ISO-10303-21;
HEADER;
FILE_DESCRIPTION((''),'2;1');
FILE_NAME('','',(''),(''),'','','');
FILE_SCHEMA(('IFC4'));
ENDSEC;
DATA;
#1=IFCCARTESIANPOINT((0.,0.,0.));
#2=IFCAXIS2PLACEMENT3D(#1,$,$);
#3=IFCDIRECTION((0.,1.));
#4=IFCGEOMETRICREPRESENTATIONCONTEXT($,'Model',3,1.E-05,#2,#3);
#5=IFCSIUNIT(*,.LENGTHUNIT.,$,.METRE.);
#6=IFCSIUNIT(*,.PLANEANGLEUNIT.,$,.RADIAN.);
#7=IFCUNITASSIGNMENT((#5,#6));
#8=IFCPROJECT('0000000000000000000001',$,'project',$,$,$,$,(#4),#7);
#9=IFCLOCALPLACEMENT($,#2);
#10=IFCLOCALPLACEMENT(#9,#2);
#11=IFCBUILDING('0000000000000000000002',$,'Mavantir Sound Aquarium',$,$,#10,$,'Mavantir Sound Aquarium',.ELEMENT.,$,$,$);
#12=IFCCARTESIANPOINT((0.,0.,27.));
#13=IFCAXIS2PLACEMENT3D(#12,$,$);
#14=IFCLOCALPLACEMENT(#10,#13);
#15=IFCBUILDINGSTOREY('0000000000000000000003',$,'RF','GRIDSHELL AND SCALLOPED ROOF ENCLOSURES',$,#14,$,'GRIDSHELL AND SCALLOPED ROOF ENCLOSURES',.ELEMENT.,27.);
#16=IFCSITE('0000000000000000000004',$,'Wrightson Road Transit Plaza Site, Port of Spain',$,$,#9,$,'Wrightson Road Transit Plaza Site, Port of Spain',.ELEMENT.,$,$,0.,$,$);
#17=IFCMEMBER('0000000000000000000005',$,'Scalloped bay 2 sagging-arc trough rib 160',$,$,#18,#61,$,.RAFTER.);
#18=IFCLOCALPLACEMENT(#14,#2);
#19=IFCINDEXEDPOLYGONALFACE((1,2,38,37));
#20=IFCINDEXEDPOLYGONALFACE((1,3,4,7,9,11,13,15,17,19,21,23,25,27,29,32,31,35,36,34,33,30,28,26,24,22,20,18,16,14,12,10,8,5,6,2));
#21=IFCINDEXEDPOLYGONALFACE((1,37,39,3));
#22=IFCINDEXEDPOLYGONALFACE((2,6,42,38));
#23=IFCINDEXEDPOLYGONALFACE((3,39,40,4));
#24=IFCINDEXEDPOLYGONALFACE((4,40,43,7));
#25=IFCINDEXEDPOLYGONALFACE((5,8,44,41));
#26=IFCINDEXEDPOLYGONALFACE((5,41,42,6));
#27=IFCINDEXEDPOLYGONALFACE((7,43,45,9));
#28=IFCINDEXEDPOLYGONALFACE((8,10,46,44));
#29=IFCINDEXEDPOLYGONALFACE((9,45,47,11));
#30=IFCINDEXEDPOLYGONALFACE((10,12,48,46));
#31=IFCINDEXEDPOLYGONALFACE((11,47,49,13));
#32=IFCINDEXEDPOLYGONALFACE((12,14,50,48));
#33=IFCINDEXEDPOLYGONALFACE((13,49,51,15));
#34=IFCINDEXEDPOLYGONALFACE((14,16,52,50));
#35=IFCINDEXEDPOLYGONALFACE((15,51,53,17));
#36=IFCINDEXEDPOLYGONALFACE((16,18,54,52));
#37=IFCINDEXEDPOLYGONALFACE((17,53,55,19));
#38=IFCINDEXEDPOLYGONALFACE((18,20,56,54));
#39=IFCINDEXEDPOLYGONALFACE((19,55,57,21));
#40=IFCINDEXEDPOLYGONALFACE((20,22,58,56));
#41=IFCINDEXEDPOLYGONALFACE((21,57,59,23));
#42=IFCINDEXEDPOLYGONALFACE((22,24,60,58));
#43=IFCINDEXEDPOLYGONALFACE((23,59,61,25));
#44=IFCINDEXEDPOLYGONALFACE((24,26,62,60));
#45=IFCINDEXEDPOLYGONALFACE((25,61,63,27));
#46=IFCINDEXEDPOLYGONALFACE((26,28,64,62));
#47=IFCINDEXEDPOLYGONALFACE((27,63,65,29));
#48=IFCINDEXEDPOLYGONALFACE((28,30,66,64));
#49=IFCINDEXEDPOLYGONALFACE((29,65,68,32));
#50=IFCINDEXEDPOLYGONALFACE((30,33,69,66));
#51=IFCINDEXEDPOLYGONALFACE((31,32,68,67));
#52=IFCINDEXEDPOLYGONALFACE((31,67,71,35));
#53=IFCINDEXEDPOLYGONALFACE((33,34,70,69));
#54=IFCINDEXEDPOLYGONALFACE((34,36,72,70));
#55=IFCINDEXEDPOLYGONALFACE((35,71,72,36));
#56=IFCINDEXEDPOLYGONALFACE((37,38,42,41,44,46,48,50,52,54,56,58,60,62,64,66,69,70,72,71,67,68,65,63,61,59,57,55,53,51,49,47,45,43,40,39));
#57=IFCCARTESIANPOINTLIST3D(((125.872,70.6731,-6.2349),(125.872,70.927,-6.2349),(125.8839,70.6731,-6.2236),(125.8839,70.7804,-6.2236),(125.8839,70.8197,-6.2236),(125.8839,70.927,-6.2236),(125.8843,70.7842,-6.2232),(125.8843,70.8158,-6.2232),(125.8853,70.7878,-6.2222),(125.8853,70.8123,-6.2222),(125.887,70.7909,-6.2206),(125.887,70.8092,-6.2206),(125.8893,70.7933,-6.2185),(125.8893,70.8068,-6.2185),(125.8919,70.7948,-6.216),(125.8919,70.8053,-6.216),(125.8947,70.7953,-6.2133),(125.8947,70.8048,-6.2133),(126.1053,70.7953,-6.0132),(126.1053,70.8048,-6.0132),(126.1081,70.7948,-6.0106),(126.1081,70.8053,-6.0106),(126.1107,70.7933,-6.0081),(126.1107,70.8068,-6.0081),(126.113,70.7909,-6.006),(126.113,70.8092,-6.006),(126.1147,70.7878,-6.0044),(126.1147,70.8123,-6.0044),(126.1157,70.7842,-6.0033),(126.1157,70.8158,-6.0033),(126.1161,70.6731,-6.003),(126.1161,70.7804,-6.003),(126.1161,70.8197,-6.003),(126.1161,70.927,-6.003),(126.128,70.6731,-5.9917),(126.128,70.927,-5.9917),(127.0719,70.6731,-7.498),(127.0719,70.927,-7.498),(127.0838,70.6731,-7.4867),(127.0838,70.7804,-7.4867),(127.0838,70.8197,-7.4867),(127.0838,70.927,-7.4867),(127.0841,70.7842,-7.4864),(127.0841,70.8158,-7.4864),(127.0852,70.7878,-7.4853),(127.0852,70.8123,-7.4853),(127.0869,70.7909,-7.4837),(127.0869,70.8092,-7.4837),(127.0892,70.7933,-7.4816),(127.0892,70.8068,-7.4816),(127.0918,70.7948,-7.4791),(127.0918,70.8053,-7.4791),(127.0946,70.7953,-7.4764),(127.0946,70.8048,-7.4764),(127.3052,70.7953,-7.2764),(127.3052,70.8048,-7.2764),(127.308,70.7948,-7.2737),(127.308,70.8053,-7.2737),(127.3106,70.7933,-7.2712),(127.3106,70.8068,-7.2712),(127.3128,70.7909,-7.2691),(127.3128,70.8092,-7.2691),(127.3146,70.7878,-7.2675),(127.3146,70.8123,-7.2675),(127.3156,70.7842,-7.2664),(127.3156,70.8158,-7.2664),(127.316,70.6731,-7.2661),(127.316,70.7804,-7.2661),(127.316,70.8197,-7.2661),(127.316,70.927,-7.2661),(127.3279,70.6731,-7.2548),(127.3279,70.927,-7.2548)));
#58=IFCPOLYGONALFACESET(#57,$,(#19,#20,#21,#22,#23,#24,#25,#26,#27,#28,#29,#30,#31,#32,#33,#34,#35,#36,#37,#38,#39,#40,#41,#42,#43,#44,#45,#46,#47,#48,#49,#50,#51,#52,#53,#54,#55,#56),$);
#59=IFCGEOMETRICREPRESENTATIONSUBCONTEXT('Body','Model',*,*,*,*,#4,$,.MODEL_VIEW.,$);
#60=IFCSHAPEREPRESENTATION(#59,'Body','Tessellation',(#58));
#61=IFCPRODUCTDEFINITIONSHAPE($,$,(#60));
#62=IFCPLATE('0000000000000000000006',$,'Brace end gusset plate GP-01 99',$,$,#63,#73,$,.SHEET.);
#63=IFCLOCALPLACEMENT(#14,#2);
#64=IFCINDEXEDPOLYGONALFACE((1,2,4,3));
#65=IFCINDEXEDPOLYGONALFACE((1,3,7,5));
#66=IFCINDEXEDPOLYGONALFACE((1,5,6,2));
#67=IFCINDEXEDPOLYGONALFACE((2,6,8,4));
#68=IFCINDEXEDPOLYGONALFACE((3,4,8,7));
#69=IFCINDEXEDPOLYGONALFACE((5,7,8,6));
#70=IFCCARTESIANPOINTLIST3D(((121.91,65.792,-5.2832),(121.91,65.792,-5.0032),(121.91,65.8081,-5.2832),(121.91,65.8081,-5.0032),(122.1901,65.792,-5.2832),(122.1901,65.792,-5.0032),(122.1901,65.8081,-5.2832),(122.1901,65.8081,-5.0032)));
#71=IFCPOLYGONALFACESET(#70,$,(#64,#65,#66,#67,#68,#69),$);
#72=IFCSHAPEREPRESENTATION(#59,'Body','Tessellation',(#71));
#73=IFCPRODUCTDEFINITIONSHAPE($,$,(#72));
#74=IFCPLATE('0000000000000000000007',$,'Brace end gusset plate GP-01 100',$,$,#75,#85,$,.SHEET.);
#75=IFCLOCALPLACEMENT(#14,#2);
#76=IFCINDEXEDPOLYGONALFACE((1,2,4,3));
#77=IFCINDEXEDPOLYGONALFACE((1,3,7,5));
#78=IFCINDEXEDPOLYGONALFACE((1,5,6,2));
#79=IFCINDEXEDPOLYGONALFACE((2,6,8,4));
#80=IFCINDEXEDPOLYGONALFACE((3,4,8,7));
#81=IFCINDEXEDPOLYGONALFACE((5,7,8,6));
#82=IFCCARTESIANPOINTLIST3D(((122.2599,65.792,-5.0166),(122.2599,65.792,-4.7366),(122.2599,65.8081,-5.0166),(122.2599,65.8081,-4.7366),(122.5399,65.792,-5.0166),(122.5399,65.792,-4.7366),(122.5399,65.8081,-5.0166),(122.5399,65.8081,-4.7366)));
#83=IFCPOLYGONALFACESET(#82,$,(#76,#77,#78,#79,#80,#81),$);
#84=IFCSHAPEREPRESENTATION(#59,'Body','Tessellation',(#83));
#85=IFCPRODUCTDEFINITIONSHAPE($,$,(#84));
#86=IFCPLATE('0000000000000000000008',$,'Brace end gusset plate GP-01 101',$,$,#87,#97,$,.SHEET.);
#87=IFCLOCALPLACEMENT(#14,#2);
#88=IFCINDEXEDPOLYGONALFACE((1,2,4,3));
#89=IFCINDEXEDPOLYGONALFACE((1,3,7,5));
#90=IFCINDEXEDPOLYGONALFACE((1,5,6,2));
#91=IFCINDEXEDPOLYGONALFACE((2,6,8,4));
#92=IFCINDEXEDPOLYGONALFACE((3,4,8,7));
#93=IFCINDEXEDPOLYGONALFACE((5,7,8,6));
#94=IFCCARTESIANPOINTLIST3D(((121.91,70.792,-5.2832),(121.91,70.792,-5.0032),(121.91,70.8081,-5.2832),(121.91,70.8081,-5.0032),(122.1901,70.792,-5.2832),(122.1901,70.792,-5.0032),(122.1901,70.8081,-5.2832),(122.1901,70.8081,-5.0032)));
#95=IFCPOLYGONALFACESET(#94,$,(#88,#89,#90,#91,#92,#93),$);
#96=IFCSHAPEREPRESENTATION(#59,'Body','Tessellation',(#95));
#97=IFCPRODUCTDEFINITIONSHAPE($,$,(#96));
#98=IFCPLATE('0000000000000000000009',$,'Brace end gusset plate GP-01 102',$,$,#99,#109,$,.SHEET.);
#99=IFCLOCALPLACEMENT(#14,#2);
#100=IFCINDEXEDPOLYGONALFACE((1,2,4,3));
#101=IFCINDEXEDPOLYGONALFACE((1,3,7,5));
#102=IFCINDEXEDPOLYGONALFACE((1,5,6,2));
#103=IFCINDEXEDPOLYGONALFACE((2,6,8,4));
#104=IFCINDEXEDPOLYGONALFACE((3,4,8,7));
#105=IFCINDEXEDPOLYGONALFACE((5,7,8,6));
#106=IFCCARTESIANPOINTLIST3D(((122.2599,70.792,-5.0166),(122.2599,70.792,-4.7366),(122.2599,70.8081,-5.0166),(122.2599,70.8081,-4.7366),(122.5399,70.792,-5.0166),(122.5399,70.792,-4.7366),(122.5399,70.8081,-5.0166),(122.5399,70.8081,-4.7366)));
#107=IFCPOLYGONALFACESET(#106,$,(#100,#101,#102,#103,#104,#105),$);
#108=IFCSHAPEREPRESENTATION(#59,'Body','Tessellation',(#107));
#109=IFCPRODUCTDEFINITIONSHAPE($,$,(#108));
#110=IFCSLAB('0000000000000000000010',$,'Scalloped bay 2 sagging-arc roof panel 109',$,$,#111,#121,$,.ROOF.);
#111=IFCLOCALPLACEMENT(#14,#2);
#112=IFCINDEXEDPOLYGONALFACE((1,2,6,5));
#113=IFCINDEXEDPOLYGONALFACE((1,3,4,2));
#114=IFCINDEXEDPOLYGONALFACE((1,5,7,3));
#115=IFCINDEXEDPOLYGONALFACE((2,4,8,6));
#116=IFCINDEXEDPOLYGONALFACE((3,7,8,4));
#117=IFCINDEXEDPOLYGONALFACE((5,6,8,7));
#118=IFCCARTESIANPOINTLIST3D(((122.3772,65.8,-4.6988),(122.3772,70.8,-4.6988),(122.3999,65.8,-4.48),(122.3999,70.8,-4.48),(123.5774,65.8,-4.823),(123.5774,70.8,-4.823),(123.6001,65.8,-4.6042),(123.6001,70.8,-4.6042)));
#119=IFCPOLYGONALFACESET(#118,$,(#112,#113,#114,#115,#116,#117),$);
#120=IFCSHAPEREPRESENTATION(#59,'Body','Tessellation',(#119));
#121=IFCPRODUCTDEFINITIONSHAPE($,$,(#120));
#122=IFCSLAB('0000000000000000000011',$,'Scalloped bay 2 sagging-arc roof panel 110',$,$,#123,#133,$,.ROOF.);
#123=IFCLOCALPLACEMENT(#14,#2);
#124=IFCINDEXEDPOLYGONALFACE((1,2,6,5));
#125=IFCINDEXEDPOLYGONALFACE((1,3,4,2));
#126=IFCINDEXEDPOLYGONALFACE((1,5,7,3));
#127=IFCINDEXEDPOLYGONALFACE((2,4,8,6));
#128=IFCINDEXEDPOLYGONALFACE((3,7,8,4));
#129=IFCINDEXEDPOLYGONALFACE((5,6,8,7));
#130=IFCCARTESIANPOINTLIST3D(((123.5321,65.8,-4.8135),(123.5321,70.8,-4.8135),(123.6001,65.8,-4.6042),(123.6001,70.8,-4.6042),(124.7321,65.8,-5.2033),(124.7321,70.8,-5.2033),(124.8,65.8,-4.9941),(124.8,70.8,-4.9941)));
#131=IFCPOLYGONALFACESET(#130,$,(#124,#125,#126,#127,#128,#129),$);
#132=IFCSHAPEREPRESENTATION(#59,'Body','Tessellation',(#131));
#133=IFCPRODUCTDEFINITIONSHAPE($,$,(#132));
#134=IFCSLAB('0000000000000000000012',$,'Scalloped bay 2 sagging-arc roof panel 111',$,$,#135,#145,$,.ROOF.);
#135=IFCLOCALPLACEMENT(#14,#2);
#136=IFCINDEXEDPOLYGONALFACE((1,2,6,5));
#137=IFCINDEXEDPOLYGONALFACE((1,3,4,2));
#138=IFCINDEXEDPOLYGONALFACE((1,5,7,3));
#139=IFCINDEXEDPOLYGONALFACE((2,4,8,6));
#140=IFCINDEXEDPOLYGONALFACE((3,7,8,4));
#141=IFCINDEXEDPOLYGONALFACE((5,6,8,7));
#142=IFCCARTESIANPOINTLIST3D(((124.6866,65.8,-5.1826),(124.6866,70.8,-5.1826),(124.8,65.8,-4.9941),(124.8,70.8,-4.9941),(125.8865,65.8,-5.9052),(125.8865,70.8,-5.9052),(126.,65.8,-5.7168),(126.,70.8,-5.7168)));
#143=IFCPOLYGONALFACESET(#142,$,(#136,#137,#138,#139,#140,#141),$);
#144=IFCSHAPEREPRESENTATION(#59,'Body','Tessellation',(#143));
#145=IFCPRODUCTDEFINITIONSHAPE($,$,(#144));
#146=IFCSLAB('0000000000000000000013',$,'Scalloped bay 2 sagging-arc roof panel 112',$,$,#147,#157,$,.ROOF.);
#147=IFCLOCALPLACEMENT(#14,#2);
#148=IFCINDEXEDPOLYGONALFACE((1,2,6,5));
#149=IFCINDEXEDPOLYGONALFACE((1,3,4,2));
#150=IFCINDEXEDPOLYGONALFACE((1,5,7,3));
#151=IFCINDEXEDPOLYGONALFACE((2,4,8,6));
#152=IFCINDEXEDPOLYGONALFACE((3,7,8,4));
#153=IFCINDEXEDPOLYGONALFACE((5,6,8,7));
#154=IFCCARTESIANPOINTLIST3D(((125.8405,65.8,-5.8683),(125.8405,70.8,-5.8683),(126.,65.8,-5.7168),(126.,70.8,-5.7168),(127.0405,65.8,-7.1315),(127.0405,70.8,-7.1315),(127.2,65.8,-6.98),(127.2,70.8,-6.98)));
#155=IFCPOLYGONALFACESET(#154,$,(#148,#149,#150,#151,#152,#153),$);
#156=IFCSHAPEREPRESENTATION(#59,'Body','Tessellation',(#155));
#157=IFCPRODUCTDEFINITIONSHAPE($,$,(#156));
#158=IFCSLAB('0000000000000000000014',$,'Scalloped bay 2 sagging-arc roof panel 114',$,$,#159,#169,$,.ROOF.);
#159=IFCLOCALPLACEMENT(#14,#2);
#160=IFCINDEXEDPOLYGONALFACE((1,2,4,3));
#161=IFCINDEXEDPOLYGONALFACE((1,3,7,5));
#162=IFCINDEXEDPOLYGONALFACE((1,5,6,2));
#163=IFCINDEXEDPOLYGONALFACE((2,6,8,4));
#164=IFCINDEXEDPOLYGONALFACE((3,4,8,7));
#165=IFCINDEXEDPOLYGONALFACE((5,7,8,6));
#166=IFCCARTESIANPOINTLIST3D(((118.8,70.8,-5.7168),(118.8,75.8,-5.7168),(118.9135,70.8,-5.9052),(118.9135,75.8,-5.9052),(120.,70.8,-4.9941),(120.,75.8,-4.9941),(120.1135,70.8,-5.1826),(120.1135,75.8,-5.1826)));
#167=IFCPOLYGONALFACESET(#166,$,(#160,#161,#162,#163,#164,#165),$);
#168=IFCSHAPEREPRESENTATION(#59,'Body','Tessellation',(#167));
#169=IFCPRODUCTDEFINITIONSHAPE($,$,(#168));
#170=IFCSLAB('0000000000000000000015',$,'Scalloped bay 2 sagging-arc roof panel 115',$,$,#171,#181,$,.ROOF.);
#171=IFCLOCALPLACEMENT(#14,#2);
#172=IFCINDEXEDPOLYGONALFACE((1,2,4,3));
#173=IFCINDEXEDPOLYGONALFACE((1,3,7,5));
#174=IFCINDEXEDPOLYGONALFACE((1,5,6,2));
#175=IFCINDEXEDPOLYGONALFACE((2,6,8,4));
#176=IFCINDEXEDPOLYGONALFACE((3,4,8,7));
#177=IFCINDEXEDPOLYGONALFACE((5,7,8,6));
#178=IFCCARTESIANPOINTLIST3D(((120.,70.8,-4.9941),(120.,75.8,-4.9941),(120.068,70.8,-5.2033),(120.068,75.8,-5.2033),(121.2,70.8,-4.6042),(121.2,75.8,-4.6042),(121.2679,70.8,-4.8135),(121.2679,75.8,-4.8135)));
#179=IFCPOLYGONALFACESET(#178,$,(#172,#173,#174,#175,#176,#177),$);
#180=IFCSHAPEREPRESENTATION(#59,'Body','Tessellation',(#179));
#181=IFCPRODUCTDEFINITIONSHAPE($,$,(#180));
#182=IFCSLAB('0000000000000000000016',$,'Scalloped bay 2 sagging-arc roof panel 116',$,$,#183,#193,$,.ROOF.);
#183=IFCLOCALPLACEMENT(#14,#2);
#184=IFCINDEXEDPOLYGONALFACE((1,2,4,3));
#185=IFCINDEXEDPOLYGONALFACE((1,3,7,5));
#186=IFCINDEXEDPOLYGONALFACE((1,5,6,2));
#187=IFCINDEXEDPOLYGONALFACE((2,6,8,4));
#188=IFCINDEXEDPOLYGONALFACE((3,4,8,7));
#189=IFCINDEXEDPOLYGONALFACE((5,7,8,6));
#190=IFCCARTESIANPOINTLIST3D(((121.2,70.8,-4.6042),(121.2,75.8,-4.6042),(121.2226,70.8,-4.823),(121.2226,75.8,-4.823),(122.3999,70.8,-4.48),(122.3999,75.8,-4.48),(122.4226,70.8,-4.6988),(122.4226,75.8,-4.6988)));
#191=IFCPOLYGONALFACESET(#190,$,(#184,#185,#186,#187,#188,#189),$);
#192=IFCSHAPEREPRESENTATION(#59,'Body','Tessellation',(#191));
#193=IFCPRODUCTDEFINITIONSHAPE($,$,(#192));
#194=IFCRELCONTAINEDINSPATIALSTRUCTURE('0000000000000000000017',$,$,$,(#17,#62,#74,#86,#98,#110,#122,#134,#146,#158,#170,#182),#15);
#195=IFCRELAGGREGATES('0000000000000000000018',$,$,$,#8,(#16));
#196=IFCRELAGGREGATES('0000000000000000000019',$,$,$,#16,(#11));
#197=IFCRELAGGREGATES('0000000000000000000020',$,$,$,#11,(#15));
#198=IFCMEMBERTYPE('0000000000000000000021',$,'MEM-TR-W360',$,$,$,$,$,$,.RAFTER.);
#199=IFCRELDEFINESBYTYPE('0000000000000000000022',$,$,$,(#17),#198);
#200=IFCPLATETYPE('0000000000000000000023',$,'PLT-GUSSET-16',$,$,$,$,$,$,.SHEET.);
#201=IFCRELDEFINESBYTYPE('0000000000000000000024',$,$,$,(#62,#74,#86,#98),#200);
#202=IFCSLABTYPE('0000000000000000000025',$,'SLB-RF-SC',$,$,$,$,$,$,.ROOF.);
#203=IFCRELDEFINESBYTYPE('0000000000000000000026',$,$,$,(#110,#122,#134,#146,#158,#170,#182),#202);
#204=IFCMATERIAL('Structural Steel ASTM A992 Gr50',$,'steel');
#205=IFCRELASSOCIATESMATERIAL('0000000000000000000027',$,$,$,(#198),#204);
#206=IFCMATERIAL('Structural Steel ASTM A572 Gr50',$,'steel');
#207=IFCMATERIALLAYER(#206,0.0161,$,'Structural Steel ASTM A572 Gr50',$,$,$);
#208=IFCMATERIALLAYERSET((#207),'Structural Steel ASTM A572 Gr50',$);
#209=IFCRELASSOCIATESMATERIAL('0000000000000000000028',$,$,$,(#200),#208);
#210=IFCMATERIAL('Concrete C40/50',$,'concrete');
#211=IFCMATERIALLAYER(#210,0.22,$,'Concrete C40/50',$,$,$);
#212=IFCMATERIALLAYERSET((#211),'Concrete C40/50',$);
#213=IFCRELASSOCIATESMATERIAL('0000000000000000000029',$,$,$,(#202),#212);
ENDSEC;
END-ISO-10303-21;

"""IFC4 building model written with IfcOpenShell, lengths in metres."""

from ifc_helpers import new_model, si_unit, direction, frame, origin, origin_2d, place, context, subcontext, project, spatial, polyline, rectangle, i_section, outline, extrude, material, layer, layer_set, material_profile, profile_set, type_object, element, save


model = new_model("IFC4")

# Units and contexts
model_context = context("Model", 3, precision=1e-05, world=origin(), true_north=direction((0.0, 1.0)))
body_context = subcontext(model_context, "Body", "Model", "MODEL_VIEW")
ifc_project = project(units=[si_unit("LENGTHUNIT", "METRE"), si_unit("PLANEANGLEUNIT", "RADIAN")], contexts=[model_context])

# Site, building, storey
site_placement = place(None, origin())
site = spatial("IfcSite", under=ifc_project, at=site_placement, Name="Wrightson Road Transit Plaza Site, Port of Spain", LongName="Wrightson Road Transit Plaza Site, Port of Spain", CompositionType="ELEMENT", RefElevation=0.0)
building_placement = place(site_placement, origin())
building = spatial("IfcBuilding", under=site, at=building_placement, Name="Mavantir Sound Aquarium", LongName="Mavantir Sound Aquarium", CompositionType="ELEMENT")
storey_placement = place(building_placement, frame((0.0, 0.0, 27.0)))
storey = spatial("IfcBuildingStorey", under=building, at=storey_placement, Name="RF", Description="GRIDSHELL AND SCALLOPED ROOF ENCLOSURES", LongName="GRIDSHELL AND SCALLOPED ROOF ENCLOSURES", CompositionType="ELEMENT", Elevation=27.0)

# Shared definitions
ifc_material_1 = material(Name="Concrete C40/50", Category="concrete")

# Member
ifc_material_2 = material(Name="Structural Steel ASTM A992 Gr50", Category="steel")
ifc_material_profile_1 = material_profile(ifc_material_2, i_section(OverallWidth=0.2539, OverallDepth=0.353, WebThickness=0.0095, FlangeThickness=0.0164, FilletRadius=0.0149, at=origin_2d()), Name="W360X91")
ifc_profile_set_1 = profile_set([ifc_material_profile_1], Name="Structural Steel ASTM A992 Gr50")
member_type_1 = type_object("IfcMemberType", Name="MEM-TR-W360", PredefinedType="RAFTER", material=ifc_profile_set_1)
member_1_placement = place(storey_placement, frame((126.0, 70.8, -6.1133), z_axis=(0.688727, 0.0, -0.72502), x_axis=(0.0, 1.0, 0.0)))
element("IfcMember", 1, at=member_1_placement, inside=storey, type_object=member_type_1, Name="Scalloped bay 2 sagging-arc trough rib 160", PredefinedType="RAFTER", context=body_context, shape_type="SweptSolid", body=[
    extrude(i_section(OverallWidth=0.2539, OverallDepth=0.353, WebThickness=0.0095, FlangeThickness=0.0164, FilletRadius=0.0149, at=origin_2d()), origin(), (0.0, 0.0, 1.0), 1.7422),
])

# Plates
ifc_material_3 = material(Name="Structural Steel ASTM A572 Gr50", Category="steel")
ifc_layer_1 = layer(ifc_material_3, 0.0161, Name="Structural Steel ASTM A572 Gr50")
ifc_layer_set_1 = layer_set([ifc_layer_1], Name="Structural Steel ASTM A572 Gr50")
plate_type = type_object("IfcPlateType", Name="PLT-GUSSET-16", PredefinedType="SHEET", material=ifc_layer_set_1)
for number, where, z_axis, x_axis, name in (
    (2, (122.05, 65.8, -5.2832), (0.0, 0.0, 1.0), (1.0, 0.0, 0.0), "Brace end gusset plate GP-01 99"),
    (3, (122.3999, 65.8, -5.0166), (0.0, 0.0, 1.0), (1.0, 0.0, 0.0), "Brace end gusset plate GP-01 100"),
    (4, (122.05, 70.8, -5.2832), (0.0, 0.0, 1.0), (1.0, 0.0, 0.0), "Brace end gusset plate GP-01 101"),
    (5, (122.3999, 70.8, -5.0166), (0.0, 0.0, 1.0), (1.0, 0.0, 0.0), "Brace end gusset plate GP-01 102"),
):
    element("IfcPlate", number, at=place(storey_placement, frame(where, z_axis=z_axis, x_axis=x_axis)), inside=storey, type_object=plate_type, Name=name, PredefinedType="SHEET", context=body_context, shape_type="SweptSolid", body=[
        extrude(rectangle(XDim=0.28, YDim=0.0161, at=origin_2d()), origin(), (0.0, 0.0, 1.0), 0.28),
    ])

# Slabs
ifc_layer_2 = layer(ifc_material_1, 0.22, Name="Concrete C40/50")
ifc_layer_set_2 = layer_set([ifc_layer_2], Name="Concrete C40/50")
slab_type = type_object("IfcSlabType", Name="SLB-RF-SC", PredefinedType="ROOF", material=ifc_layer_set_2)
slab_1_placement = place(storey_placement, frame((122.3999, 65.8, -4.48), z_axis=(0.102989, 0.0, 0.994683), x_axis=(0.994683, 0.0, -0.102989)))
element("IfcSlab", 6, at=slab_1_placement, inside=storey, type_object=slab_type, Name="Scalloped bay 2 sagging-arc roof panel 109", PredefinedType="ROOF", context=body_context, shape_type="SweptSolid", body=[
    extrude(outline(polyline([(0.0, 0.0), (1.2066, 0.0), (1.2066, 5.0), (0.0, 5.0), (0.0, 0.0)])), origin(), (0.0, 0.0, -1.0), 0.22),
])
slab_2_placement = place(storey_placement, frame((123.6001, 65.8, -4.6042), z_axis=(0.30902, 0.0, 0.951055), x_axis=(0.951055, 0.0, -0.30902)))
element("IfcSlab", 7, at=slab_2_placement, inside=storey, type_object=slab_type, Name="Scalloped bay 2 sagging-arc roof panel 110", PredefinedType="ROOF", context=body_context, shape_type="SweptSolid", body=[
    extrude(outline(polyline([(0.0, 0.0), (1.2617, 0.0), (1.2617, 5.0), (0.0, 5.0), (0.0, 0.0)])), origin(), (0.0, 0.0, -1.0), 0.22),
])
slab_3_placement = place(storey_placement, frame((124.8, 65.8, -4.9941), z_axis=(0.515905, 0.0, 0.856646), x_axis=(0.856646, 0.0, -0.515905)))
element("IfcSlab", 8, at=slab_3_placement, inside=storey, type_object=slab_type, Name="Scalloped bay 2 sagging-arc roof panel 111", PredefinedType="ROOF", context=body_context, shape_type="SweptSolid", body=[
    extrude(outline(polyline([(0.0, 0.0), (1.4008, 0.0), (1.4008, 5.0), (0.0, 5.0), (0.0, 0.0)])), origin(), (0.0, 0.0, -1.0), 0.22),
])
slab_4_placement = place(storey_placement, frame((126.0, 65.8, -5.7168), z_axis=(0.72502, 0.0, 0.688727), x_axis=(0.688727, 0.0, -0.72502)))
element("IfcSlab", 9, at=slab_4_placement, inside=storey, type_object=slab_type, Name="Scalloped bay 2 sagging-arc roof panel 112", PredefinedType="ROOF", context=body_context, shape_type="SweptSolid", body=[
    extrude(outline(polyline([(0.0, 0.0), (1.7423, 0.0), (1.7423, 5.0), (0.0, 5.0), (0.0, 0.0)])), origin(), (0.0, 0.0, -1.0), 0.22),
])
slab_5_placement = place(storey_placement, frame((118.8, 70.8, -5.7168), z_axis=(-0.515905, 0.0, 0.856646), x_axis=(0.856646, 0.0, 0.515905)))
element("IfcSlab", 10, at=slab_5_placement, inside=storey, type_object=slab_type, Name="Scalloped bay 2 sagging-arc roof panel 114", PredefinedType="ROOF", context=body_context, shape_type="SweptSolid", body=[
    extrude(outline(polyline([(0.0, 0.0), (1.4008, 0.0), (1.4008, 5.0), (0.0, 5.0), (0.0, 0.0)])), origin(), (0.0, 0.0, -1.0), 0.22),
])
slab_6_placement = place(storey_placement, frame((120.0, 70.8, -4.9941), z_axis=(-0.30902, 0.0, 0.951055), x_axis=(0.951055, 0.0, 0.30902)))
element("IfcSlab", 11, at=slab_6_placement, inside=storey, type_object=slab_type, Name="Scalloped bay 2 sagging-arc roof panel 115", PredefinedType="ROOF", context=body_context, shape_type="SweptSolid", body=[
    extrude(outline(polyline([(0.0, 0.0), (1.2617, 0.0), (1.2617, 5.0), (0.0, 5.0), (0.0, 0.0)])), origin(), (0.0, 0.0, -1.0), 0.22),
])
slab_7_placement = place(storey_placement, frame((121.2, 70.8, -4.6042), z_axis=(-0.10301, 0.0, 0.99468), x_axis=(0.99468, 0.0, 0.10301)))
element("IfcSlab", 12, at=slab_7_placement, inside=storey, type_object=slab_type, Name="Scalloped bay 2 sagging-arc roof panel 116", PredefinedType="ROOF", context=body_context, shape_type="SweptSolid", body=[
    extrude(outline(polyline([(0.0, 0.0), (1.2064, 0.0), (1.2064, 5.0), (0.0, 5.0), (0.0, 0.0)])), origin(), (0.0, 0.0, -1.0), 0.22),
])

save(model, "model.ifc")
